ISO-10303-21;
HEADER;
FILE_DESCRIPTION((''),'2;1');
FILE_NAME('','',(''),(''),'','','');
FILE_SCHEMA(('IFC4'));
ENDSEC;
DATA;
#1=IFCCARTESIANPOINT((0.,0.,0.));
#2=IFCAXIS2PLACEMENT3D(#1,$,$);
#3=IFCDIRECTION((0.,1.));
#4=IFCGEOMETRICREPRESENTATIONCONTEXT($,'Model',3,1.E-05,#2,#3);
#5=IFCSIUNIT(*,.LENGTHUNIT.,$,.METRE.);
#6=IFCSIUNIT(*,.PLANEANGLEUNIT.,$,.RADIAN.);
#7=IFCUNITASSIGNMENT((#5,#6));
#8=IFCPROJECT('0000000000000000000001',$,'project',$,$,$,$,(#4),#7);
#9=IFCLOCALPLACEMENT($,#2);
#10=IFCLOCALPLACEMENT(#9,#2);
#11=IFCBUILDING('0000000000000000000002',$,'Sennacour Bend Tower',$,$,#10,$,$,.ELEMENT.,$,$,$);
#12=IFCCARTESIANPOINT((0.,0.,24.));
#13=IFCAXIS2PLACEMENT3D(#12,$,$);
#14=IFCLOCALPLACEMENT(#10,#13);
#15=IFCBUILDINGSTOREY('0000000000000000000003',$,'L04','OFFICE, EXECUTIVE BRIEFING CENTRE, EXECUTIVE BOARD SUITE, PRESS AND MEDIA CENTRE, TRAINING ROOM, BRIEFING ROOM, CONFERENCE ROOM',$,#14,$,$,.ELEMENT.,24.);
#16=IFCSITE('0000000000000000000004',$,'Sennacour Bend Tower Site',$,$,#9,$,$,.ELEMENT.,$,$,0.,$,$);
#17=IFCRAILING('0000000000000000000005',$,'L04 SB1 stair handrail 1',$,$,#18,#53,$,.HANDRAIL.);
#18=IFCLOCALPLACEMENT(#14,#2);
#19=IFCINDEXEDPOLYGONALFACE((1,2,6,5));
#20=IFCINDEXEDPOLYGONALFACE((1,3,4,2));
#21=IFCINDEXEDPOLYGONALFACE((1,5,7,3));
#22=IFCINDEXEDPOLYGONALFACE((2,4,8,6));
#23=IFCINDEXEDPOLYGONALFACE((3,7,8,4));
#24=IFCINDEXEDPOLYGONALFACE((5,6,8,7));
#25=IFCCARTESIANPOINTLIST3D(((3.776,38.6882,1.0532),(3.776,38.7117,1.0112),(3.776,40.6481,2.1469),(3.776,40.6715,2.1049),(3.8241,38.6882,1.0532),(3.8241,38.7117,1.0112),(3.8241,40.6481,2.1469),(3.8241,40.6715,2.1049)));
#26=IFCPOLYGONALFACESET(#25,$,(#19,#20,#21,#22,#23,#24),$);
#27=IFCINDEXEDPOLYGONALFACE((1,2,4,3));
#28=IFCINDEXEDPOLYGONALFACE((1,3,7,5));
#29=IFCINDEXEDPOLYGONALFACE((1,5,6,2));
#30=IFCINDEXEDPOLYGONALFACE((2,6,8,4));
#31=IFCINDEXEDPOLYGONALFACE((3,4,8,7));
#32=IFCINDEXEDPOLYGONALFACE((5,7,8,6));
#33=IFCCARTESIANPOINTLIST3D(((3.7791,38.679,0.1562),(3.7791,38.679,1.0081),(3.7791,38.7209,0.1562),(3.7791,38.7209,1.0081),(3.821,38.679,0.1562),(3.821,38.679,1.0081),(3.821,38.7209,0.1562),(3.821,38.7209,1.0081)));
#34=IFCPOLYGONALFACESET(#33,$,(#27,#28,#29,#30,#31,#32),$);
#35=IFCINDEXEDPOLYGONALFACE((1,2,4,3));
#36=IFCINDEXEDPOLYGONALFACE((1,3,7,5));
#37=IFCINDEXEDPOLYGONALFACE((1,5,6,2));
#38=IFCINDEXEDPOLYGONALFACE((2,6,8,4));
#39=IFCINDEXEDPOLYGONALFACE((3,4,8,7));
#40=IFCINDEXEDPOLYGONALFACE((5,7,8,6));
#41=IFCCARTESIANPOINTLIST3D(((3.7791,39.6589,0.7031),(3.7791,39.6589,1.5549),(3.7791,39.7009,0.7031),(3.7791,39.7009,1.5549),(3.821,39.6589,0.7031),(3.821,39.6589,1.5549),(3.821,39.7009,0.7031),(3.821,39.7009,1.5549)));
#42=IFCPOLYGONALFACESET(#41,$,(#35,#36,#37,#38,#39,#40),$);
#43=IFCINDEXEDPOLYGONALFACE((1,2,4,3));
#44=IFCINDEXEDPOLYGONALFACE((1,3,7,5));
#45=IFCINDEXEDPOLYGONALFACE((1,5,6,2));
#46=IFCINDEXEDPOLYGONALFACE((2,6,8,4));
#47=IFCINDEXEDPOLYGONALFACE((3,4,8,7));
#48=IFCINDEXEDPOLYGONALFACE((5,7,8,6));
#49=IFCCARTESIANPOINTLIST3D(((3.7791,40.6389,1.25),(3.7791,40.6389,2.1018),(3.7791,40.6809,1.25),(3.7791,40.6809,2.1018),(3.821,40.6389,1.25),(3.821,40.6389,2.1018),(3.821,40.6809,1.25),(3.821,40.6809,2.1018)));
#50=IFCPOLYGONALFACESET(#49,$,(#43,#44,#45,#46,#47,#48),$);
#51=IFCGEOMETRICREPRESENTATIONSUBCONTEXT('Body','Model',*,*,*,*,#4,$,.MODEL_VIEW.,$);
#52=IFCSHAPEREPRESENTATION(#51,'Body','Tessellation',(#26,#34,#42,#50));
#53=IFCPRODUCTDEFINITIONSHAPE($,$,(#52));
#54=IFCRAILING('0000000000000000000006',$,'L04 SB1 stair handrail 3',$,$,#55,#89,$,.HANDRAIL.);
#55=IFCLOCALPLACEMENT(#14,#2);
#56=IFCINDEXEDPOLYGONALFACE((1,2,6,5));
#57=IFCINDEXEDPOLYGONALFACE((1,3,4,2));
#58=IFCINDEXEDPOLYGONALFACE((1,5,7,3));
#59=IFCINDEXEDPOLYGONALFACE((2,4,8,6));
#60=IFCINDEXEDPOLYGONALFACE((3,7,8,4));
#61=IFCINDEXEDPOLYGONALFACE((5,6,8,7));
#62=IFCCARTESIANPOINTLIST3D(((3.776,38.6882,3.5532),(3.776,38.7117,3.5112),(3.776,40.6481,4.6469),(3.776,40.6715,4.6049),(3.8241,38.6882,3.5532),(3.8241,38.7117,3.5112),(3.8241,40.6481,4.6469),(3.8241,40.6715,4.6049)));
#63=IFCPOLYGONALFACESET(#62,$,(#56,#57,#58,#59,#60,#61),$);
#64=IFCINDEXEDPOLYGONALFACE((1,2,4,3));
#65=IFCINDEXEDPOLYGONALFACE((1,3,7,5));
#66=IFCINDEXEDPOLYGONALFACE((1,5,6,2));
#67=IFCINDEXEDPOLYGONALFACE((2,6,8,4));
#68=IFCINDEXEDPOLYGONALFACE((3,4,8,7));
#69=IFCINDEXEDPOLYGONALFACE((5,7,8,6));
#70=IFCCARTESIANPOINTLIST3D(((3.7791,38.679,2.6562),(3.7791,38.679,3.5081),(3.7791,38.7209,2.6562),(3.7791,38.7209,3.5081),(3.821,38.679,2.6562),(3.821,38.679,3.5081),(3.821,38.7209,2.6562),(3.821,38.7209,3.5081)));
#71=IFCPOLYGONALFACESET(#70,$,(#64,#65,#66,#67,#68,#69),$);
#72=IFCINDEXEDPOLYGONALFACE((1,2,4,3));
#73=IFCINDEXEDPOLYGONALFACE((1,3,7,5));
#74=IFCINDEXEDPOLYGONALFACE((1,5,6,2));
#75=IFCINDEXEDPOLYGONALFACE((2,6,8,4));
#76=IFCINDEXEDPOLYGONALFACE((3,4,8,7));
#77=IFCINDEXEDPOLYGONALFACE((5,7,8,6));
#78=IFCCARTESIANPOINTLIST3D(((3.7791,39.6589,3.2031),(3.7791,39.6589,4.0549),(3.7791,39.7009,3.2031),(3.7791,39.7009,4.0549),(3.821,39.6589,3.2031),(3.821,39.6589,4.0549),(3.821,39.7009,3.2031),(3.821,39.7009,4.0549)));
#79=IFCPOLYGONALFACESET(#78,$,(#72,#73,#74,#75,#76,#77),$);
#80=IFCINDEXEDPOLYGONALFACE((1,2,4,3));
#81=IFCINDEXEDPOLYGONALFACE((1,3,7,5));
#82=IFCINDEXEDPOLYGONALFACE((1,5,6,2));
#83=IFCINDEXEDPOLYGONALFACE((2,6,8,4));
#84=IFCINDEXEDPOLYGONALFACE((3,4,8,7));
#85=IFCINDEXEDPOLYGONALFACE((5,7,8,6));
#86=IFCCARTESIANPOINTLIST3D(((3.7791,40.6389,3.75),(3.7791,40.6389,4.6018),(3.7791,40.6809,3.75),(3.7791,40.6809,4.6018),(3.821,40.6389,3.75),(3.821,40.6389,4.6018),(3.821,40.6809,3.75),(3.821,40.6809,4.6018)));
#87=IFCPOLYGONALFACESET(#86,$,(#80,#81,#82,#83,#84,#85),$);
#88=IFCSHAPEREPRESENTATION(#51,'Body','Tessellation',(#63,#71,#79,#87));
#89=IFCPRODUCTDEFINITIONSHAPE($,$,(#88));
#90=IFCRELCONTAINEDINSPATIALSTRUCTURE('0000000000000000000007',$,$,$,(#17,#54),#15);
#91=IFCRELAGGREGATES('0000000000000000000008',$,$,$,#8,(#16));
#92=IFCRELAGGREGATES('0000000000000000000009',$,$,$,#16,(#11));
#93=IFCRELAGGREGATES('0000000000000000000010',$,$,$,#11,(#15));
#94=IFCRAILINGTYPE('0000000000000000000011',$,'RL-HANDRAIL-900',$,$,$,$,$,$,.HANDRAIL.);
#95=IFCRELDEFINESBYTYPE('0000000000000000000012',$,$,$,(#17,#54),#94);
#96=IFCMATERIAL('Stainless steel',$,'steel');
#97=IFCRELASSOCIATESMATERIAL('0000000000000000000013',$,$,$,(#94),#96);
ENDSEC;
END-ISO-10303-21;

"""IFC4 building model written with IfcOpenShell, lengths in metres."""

from ifc_helpers import new_model, si_unit, direction, frame, origin, origin_2d, place, context, subcontext, project, spatial, rectangle, extrude, material, type_object, element, save


model = new_model("IFC4")

# Units and contexts
model_context = context("Model", 3, precision=1e-05, world=origin(), true_north=direction((0.0, 1.0)))
body_context = subcontext(model_context, "Body", "Model", "MODEL_VIEW")
ifc_project = project(units=[si_unit("LENGTHUNIT", "METRE"), si_unit("PLANEANGLEUNIT", "RADIAN")], contexts=[model_context])

# Site, building, storey
site_placement = place(None, origin())
site = spatial("IfcSite", under=ifc_project, at=site_placement, Name="Sennacour Bend Tower Site", CompositionType="ELEMENT", RefElevation=0.0)
building_placement = place(site_placement, origin())
building = spatial("IfcBuilding", under=site, at=building_placement, Name="Sennacour Bend Tower", CompositionType="ELEMENT")
storey_placement = place(building_placement, frame((0.0, 0.0, 24.0)))
storey = spatial("IfcBuildingStorey", under=building, at=storey_placement, Name="L04", Description="OFFICE, EXECUTIVE BRIEFING CENTRE, EXECUTIVE BOARD SUITE, PRESS AND MEDIA CENTRE, TRAINING ROOM, BRIEFING ROOM, CONFERENCE ROOM", CompositionType="ELEMENT", Elevation=24.0)

# Shared definitions
ifc_material_1 = material(Name="Stainless steel", Category="steel")

# Railings
railing_type_1 = type_object("IfcRailingType", Name="RL-HANDRAIL-900", PredefinedType="HANDRAIL", material=ifc_material_1)
for number, where, name in (
    (1, (3.8, 38.7, 0.1562), "L04 SB1 stair handrail 1"),
    (2, (3.8, 38.7, 2.6562), "L04 SB1 stair handrail 3"),
):
    element("IfcRailing", number, at=place(storey_placement, frame(where)), inside=storey, type_object=railing_type_1, Name=name, PredefinedType="HANDRAIL", context=body_context, shape_type="SweptSolid", body=[
        extrude(rectangle(XDim=0.0481, YDim=0.0481, at=origin_2d()), frame((0.0, 0.0, 0.876), z_axis=(0.0, 0.873232, 0.487304), x_axis=(-1.0, 0.0, 0.0)), (0.0, 0.0, 1.0), 2.2444),
        extrude(rectangle(XDim=0.042, YDim=0.042, at=origin_2d()), origin(), (0.0, 0.0, 1.0), 0.8518),
        extrude(rectangle(XDim=0.042, YDim=0.042, at=origin_2d()), frame((0.0, 0.98, 0.5469)), (0.0, 0.0, 1.0), 0.8518),
        extrude(rectangle(XDim=0.042, YDim=0.042, at=origin_2d()), frame((0.0, 1.96, 1.0938)), (0.0, 0.0, 1.0), 0.8518),
    ])

save(model, "model.ifc")
